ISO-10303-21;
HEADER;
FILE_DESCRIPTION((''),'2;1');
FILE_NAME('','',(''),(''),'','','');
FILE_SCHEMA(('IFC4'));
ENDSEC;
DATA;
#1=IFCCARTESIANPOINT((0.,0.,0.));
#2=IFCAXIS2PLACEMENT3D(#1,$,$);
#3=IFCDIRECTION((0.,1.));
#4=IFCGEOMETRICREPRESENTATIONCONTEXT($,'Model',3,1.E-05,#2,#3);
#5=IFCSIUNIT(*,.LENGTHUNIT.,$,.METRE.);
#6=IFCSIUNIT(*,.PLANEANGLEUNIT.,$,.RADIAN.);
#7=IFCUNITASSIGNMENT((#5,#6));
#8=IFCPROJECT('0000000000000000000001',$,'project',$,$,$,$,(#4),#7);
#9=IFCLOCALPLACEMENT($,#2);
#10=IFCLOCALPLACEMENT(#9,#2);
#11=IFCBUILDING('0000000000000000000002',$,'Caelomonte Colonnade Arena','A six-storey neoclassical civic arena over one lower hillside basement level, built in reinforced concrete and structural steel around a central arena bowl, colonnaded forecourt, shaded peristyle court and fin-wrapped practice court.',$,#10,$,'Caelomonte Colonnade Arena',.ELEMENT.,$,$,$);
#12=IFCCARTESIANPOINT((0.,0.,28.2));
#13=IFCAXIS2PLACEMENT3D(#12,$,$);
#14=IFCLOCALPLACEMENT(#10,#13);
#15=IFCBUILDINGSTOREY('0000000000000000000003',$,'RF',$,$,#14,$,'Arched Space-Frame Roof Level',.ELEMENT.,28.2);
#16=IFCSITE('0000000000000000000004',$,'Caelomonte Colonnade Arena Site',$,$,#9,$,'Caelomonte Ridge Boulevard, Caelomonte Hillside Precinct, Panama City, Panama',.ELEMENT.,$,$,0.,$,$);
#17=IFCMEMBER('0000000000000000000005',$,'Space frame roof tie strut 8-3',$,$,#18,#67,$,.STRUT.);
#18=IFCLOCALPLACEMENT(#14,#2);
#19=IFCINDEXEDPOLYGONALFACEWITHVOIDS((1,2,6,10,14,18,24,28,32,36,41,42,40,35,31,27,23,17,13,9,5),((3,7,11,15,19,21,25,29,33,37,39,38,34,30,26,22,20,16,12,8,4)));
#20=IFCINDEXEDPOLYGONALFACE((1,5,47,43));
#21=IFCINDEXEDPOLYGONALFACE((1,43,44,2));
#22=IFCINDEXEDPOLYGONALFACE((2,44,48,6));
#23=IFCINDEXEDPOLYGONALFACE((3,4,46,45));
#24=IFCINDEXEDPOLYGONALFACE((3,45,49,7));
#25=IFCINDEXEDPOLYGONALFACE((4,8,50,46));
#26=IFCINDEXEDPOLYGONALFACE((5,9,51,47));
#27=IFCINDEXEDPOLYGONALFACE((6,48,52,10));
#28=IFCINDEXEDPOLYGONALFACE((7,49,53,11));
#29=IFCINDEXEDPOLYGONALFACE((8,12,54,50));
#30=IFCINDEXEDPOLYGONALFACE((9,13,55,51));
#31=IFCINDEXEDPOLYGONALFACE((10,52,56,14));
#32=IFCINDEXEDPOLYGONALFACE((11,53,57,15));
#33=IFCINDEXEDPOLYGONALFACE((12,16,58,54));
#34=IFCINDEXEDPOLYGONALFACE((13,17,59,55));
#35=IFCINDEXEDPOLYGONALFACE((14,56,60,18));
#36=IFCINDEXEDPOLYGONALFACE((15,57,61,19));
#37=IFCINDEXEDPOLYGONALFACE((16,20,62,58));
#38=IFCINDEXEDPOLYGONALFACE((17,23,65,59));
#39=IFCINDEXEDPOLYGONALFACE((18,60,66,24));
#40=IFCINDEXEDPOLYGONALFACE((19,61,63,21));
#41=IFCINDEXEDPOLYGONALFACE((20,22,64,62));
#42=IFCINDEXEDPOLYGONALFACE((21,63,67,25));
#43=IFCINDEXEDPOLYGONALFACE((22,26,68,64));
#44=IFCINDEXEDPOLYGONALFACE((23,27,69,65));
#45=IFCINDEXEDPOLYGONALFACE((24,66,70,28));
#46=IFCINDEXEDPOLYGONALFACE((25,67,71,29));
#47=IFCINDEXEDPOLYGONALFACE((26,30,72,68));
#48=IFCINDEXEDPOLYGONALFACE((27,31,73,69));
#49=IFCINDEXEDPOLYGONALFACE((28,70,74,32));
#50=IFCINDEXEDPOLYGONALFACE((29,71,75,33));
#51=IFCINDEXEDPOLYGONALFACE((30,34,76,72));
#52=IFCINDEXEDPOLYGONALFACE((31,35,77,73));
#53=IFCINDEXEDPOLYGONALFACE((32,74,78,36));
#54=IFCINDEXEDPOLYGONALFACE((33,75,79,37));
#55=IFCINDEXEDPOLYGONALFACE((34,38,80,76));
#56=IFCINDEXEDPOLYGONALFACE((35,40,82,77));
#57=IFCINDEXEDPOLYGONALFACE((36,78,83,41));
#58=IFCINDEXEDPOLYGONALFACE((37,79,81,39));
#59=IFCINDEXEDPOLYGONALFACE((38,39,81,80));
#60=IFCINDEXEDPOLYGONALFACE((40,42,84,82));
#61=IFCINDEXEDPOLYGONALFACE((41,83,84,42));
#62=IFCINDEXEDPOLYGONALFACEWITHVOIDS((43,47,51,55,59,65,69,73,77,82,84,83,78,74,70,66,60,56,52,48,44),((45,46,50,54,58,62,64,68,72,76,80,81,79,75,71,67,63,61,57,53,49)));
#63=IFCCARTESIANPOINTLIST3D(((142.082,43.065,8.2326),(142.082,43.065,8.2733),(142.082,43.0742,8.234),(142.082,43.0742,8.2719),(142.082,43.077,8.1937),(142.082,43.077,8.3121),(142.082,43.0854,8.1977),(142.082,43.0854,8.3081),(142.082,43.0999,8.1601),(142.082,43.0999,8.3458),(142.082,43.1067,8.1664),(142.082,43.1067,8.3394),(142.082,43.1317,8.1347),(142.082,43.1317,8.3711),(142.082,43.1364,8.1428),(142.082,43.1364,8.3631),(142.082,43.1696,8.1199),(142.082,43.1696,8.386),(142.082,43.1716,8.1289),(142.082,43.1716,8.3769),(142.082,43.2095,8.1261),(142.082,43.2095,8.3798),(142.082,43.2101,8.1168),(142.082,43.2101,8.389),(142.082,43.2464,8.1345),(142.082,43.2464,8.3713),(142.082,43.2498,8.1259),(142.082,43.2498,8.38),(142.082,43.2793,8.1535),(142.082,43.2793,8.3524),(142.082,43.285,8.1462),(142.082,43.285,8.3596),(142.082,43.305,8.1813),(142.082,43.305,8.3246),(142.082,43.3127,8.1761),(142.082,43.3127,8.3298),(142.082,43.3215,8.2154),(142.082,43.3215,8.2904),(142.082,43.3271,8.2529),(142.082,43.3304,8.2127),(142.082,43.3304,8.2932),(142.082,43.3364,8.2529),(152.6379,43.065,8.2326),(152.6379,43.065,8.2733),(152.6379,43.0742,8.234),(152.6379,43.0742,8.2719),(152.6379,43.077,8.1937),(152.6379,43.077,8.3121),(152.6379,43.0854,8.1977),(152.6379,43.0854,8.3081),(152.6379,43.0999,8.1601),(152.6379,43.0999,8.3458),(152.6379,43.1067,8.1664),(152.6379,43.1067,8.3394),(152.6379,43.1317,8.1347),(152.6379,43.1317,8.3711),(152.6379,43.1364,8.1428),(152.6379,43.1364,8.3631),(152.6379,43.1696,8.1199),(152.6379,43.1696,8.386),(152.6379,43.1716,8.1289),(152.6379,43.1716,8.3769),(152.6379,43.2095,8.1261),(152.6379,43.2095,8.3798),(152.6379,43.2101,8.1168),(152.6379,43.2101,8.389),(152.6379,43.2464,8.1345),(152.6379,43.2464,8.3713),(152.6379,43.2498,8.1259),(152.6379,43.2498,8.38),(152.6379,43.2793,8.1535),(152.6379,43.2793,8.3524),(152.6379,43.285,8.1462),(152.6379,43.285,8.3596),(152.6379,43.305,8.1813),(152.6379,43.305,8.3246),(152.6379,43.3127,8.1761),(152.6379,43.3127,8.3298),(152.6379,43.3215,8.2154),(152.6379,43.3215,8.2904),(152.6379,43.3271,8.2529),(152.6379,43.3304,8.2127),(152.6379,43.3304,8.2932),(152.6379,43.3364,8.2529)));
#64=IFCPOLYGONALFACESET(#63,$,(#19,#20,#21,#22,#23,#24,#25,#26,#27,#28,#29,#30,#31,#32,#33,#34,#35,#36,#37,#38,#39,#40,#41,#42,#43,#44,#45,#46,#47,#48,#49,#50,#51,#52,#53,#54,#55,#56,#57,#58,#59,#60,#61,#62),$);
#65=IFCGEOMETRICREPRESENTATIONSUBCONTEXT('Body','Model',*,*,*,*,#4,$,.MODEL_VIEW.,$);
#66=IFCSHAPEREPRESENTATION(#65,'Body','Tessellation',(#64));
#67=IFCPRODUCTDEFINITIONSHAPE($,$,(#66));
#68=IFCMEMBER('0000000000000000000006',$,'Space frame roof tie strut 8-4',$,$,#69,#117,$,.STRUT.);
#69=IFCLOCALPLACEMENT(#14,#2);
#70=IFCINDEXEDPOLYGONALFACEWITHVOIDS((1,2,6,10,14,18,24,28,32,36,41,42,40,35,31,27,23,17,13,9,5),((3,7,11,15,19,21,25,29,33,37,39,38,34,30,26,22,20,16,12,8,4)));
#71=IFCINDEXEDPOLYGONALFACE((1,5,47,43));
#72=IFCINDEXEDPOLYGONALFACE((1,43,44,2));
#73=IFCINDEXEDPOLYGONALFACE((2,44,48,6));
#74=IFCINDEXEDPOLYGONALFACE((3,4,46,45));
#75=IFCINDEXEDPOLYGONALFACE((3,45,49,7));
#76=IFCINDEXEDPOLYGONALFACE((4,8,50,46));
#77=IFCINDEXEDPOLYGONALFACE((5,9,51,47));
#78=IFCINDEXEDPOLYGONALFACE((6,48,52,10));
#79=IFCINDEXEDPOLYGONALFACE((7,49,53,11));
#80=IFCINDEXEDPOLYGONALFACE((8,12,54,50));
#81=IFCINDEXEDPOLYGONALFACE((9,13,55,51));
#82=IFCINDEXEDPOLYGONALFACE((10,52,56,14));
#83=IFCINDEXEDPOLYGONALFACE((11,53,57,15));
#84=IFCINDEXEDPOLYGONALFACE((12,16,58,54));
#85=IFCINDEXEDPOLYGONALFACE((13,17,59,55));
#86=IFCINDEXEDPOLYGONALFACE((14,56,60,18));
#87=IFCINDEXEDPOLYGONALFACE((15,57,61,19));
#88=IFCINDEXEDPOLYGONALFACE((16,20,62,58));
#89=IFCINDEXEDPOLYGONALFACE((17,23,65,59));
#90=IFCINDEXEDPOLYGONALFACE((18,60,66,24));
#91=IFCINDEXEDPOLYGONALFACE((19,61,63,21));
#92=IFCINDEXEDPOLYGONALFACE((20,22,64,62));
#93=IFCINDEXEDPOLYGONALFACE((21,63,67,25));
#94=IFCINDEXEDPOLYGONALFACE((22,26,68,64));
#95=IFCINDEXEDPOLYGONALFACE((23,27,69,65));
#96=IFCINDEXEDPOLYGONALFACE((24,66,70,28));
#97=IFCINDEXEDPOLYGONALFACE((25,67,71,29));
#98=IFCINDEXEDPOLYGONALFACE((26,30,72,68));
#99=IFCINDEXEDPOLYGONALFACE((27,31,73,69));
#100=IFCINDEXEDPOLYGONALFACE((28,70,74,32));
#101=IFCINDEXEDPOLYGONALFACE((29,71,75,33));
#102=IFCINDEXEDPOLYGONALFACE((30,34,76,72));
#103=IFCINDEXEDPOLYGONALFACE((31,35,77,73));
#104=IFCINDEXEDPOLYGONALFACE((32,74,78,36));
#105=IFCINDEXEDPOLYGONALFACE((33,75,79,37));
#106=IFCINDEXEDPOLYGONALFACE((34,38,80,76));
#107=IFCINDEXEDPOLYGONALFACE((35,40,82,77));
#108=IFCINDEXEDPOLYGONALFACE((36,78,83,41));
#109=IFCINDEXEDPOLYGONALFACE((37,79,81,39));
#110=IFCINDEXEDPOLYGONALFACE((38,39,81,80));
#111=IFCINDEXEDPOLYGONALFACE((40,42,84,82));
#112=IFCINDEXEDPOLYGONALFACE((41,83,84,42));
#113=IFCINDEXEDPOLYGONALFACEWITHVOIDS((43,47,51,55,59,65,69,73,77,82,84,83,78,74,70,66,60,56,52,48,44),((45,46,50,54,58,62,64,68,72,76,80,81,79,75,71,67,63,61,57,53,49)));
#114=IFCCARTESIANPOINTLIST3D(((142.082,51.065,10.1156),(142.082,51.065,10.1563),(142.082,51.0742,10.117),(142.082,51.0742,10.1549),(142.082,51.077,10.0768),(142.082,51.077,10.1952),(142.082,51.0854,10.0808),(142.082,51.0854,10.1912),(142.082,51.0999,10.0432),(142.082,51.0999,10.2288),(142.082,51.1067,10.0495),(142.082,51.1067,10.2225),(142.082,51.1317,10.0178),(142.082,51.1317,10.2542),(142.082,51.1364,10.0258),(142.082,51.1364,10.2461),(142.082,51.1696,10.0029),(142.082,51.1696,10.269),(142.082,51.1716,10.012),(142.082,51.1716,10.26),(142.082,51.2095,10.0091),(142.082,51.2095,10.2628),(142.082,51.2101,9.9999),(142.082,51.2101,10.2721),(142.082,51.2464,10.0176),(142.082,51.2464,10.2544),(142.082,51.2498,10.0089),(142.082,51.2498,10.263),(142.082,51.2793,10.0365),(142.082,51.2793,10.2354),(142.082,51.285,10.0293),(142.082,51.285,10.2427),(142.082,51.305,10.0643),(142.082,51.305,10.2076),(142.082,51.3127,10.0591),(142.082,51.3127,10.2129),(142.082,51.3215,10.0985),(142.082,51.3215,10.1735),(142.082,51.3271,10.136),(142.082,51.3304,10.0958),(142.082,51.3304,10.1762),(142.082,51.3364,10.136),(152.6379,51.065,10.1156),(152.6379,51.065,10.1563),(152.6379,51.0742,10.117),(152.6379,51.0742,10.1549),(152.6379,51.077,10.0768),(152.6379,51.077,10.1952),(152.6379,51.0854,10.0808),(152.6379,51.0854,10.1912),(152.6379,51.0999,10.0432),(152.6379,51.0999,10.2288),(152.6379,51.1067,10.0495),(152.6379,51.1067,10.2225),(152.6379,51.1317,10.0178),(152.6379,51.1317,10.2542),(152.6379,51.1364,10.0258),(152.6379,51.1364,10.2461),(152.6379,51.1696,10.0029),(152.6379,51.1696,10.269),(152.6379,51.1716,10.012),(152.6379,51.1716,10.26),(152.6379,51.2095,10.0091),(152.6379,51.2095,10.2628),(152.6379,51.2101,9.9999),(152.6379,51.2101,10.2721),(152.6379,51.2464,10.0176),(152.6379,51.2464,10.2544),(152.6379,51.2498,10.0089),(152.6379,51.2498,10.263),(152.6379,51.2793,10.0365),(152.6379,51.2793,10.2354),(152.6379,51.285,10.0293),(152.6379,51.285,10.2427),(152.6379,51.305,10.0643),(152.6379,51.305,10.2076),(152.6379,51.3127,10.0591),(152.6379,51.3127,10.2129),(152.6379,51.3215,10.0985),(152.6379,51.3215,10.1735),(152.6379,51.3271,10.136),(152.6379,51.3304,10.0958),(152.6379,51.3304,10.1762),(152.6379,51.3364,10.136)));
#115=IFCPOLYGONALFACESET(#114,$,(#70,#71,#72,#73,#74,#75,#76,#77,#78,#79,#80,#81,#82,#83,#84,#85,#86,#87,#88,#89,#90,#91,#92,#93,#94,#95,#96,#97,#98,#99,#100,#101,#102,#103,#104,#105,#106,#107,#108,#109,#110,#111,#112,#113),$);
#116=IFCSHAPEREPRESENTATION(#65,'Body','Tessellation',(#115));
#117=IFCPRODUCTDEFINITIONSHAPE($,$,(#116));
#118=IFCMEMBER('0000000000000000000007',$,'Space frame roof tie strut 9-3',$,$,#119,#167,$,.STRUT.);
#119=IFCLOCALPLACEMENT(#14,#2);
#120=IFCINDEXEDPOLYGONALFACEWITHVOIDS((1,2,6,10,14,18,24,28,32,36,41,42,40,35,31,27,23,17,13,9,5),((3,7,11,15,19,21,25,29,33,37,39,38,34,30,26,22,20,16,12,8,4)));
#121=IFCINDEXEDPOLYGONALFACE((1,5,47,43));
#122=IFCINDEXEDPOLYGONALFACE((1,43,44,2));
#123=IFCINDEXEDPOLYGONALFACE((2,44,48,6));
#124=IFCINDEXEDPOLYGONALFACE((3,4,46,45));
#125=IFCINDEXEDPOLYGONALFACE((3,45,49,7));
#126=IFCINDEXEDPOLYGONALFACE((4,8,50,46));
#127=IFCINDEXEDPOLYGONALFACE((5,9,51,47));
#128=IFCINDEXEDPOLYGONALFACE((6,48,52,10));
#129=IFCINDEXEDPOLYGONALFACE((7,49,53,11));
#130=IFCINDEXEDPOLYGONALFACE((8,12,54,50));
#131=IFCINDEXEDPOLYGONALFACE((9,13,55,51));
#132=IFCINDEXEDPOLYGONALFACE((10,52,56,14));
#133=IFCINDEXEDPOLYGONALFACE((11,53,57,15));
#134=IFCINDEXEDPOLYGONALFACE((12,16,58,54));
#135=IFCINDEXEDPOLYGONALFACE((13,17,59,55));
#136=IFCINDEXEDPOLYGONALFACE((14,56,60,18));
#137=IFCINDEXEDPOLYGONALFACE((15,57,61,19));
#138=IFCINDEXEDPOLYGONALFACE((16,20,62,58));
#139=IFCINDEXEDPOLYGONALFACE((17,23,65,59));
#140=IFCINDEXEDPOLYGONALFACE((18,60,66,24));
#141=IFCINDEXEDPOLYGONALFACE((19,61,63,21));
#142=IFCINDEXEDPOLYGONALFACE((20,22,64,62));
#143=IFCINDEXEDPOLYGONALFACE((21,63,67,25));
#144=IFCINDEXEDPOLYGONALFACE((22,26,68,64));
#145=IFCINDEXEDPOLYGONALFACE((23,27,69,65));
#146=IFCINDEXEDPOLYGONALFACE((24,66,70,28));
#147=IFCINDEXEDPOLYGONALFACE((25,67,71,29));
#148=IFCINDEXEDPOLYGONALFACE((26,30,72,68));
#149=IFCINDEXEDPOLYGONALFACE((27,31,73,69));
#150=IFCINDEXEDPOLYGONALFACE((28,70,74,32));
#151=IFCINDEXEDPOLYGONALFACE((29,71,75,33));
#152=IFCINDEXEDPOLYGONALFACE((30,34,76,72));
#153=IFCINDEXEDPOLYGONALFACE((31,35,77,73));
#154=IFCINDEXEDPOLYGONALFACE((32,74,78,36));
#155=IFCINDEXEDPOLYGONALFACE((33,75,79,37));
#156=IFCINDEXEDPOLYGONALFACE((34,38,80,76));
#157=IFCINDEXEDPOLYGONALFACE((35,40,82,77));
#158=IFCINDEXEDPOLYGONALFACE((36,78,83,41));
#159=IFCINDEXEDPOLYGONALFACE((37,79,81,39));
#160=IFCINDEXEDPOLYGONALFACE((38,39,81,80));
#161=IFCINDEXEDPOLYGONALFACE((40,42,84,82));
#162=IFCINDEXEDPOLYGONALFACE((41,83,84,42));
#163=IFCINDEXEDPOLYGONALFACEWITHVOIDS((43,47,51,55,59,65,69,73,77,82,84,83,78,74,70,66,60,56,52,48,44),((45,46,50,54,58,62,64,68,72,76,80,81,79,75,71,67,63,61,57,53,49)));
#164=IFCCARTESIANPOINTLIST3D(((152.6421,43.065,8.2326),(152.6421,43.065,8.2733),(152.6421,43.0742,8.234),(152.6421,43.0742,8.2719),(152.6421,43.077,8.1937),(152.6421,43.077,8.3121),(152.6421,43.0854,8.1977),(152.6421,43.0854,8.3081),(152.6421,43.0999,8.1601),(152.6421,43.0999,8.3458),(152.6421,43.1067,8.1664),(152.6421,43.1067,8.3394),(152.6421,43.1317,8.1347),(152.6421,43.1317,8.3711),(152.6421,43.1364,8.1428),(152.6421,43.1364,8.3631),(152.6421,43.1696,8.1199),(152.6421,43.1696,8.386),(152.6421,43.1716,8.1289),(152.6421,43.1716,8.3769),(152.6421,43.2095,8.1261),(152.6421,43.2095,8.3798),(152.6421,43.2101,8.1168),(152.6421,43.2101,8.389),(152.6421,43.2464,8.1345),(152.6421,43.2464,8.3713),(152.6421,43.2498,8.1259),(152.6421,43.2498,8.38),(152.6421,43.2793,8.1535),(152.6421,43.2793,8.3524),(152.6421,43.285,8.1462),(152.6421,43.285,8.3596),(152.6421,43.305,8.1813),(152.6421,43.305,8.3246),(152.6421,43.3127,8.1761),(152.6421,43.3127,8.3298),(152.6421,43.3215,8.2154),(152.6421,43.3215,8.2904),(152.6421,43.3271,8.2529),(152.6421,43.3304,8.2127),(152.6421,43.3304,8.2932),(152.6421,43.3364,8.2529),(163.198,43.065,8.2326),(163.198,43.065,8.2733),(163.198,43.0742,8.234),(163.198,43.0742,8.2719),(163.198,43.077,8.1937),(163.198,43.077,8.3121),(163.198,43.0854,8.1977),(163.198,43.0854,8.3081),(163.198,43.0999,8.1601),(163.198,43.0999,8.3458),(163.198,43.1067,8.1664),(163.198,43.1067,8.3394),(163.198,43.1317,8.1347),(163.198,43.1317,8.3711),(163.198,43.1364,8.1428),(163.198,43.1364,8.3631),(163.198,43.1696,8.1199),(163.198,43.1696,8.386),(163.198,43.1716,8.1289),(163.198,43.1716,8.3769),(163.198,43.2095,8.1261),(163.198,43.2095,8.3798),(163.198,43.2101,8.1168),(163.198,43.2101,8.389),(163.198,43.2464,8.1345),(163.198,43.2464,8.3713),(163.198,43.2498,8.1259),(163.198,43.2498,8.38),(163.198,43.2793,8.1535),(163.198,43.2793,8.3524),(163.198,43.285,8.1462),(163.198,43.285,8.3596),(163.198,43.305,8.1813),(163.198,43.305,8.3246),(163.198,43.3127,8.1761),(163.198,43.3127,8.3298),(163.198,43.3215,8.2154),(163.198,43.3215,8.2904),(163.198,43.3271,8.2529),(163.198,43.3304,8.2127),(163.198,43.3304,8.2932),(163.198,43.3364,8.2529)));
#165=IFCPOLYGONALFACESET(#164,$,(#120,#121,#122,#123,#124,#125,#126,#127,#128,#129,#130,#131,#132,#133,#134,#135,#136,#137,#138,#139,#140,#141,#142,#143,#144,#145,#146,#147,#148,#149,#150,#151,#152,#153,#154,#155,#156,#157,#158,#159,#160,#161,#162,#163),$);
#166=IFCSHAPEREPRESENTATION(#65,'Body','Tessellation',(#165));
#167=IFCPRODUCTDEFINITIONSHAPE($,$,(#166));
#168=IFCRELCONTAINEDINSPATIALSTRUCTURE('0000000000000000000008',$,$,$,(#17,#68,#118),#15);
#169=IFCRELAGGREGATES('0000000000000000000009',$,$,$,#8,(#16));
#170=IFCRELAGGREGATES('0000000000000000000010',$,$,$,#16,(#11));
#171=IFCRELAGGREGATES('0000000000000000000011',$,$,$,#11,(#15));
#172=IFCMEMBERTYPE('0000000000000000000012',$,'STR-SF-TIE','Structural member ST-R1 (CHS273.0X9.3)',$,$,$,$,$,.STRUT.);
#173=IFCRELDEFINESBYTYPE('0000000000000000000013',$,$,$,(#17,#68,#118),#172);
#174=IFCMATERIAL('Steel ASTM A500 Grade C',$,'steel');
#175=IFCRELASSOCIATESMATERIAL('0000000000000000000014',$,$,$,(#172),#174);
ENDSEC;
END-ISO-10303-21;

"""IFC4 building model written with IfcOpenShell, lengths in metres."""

from ifc_helpers import new_model, si_unit, direction, frame, origin, origin_2d, place, context, subcontext, project, spatial, hollow_circle, extrude, material, material_profile, profile_set, type_object, element, save


model = new_model("IFC4")

# Units and contexts
model_context = context("Model", 3, precision=1e-05, world=origin(), true_north=direction((0.0, 1.0)))
body_context = subcontext(model_context, "Body", "Model", "MODEL_VIEW")
ifc_project = project(units=[si_unit("LENGTHUNIT", "METRE"), si_unit("PLANEANGLEUNIT", "RADIAN")], contexts=[model_context])

# Site, building, storey
site_placement = place(None, origin())
site = spatial("IfcSite", under=ifc_project, at=site_placement, Name="Caelomonte Colonnade Arena Site", LongName="Caelomonte Ridge Boulevard, Caelomonte Hillside Precinct, Panama City, Panama", CompositionType="ELEMENT", RefElevation=0.0)
building_placement = place(site_placement, origin())
building = spatial("IfcBuilding", under=site, at=building_placement, Name="Caelomonte Colonnade Arena", Description="A six-storey neoclassical civic arena over one lower hillside basement level, built in reinforced concrete and structural steel around a central arena bowl, colonnaded forecourt, shaded peristyle court and fin-wrapped practice court.", LongName="Caelomonte Colonnade Arena", CompositionType="ELEMENT")
storey_placement = place(building_placement, frame((0.0, 0.0, 28.2)))
storey = spatial("IfcBuildingStorey", under=building, at=storey_placement, Name="RF", LongName="Arched Space-Frame Roof Level", CompositionType="ELEMENT", Elevation=28.2)

# Members
ifc_material_1 = material(Name="Steel ASTM A500 Grade C", Category="steel")
ifc_material_profile_1 = material_profile(ifc_material_1, hollow_circle(Radius=0.1365, WallThickness=0.0093, at=origin_2d()), Name="CHS273.0X9.3")
ifc_profile_set_1 = profile_set([ifc_material_profile_1], Name="Steel ASTM A500 Grade C")
member_type_1 = type_object("IfcMemberType", Name="STR-SF-TIE", Description="Structural member ST-R1 (CHS273.0X9.3)", PredefinedType="STRUT", material=ifc_profile_set_1)
for number, where, z_axis, x_axis, name in (
    (1, (142.082, 43.2, 8.2529), (1.0, 0.0, 0.0), (0.0, 1.0, 0.0), "Space frame roof tie strut 8-3"),
    (2, (142.082, 51.2, 10.136), (1.0, 0.0, 0.0), (0.0, 1.0, 0.0), "Space frame roof tie strut 8-4"),
    (3, (152.6421, 43.2, 8.2529), (1.0, 0.0, 0.0), (0.0, 1.0, 0.0), "Space frame roof tie strut 9-3"),
):
    element("IfcMember", number, at=place(storey_placement, frame(where, z_axis=z_axis, x_axis=x_axis)), inside=storey, type_object=member_type_1, Name=name, PredefinedType="STRUT", context=body_context, shape_type="SweptSolid", body=[
        extrude(hollow_circle(Radius=0.1365, WallThickness=0.0093, at=origin_2d()), origin(), (0.0, 0.0, 1.0), 10.5559),
    ])

save(model, "model.ifc")
